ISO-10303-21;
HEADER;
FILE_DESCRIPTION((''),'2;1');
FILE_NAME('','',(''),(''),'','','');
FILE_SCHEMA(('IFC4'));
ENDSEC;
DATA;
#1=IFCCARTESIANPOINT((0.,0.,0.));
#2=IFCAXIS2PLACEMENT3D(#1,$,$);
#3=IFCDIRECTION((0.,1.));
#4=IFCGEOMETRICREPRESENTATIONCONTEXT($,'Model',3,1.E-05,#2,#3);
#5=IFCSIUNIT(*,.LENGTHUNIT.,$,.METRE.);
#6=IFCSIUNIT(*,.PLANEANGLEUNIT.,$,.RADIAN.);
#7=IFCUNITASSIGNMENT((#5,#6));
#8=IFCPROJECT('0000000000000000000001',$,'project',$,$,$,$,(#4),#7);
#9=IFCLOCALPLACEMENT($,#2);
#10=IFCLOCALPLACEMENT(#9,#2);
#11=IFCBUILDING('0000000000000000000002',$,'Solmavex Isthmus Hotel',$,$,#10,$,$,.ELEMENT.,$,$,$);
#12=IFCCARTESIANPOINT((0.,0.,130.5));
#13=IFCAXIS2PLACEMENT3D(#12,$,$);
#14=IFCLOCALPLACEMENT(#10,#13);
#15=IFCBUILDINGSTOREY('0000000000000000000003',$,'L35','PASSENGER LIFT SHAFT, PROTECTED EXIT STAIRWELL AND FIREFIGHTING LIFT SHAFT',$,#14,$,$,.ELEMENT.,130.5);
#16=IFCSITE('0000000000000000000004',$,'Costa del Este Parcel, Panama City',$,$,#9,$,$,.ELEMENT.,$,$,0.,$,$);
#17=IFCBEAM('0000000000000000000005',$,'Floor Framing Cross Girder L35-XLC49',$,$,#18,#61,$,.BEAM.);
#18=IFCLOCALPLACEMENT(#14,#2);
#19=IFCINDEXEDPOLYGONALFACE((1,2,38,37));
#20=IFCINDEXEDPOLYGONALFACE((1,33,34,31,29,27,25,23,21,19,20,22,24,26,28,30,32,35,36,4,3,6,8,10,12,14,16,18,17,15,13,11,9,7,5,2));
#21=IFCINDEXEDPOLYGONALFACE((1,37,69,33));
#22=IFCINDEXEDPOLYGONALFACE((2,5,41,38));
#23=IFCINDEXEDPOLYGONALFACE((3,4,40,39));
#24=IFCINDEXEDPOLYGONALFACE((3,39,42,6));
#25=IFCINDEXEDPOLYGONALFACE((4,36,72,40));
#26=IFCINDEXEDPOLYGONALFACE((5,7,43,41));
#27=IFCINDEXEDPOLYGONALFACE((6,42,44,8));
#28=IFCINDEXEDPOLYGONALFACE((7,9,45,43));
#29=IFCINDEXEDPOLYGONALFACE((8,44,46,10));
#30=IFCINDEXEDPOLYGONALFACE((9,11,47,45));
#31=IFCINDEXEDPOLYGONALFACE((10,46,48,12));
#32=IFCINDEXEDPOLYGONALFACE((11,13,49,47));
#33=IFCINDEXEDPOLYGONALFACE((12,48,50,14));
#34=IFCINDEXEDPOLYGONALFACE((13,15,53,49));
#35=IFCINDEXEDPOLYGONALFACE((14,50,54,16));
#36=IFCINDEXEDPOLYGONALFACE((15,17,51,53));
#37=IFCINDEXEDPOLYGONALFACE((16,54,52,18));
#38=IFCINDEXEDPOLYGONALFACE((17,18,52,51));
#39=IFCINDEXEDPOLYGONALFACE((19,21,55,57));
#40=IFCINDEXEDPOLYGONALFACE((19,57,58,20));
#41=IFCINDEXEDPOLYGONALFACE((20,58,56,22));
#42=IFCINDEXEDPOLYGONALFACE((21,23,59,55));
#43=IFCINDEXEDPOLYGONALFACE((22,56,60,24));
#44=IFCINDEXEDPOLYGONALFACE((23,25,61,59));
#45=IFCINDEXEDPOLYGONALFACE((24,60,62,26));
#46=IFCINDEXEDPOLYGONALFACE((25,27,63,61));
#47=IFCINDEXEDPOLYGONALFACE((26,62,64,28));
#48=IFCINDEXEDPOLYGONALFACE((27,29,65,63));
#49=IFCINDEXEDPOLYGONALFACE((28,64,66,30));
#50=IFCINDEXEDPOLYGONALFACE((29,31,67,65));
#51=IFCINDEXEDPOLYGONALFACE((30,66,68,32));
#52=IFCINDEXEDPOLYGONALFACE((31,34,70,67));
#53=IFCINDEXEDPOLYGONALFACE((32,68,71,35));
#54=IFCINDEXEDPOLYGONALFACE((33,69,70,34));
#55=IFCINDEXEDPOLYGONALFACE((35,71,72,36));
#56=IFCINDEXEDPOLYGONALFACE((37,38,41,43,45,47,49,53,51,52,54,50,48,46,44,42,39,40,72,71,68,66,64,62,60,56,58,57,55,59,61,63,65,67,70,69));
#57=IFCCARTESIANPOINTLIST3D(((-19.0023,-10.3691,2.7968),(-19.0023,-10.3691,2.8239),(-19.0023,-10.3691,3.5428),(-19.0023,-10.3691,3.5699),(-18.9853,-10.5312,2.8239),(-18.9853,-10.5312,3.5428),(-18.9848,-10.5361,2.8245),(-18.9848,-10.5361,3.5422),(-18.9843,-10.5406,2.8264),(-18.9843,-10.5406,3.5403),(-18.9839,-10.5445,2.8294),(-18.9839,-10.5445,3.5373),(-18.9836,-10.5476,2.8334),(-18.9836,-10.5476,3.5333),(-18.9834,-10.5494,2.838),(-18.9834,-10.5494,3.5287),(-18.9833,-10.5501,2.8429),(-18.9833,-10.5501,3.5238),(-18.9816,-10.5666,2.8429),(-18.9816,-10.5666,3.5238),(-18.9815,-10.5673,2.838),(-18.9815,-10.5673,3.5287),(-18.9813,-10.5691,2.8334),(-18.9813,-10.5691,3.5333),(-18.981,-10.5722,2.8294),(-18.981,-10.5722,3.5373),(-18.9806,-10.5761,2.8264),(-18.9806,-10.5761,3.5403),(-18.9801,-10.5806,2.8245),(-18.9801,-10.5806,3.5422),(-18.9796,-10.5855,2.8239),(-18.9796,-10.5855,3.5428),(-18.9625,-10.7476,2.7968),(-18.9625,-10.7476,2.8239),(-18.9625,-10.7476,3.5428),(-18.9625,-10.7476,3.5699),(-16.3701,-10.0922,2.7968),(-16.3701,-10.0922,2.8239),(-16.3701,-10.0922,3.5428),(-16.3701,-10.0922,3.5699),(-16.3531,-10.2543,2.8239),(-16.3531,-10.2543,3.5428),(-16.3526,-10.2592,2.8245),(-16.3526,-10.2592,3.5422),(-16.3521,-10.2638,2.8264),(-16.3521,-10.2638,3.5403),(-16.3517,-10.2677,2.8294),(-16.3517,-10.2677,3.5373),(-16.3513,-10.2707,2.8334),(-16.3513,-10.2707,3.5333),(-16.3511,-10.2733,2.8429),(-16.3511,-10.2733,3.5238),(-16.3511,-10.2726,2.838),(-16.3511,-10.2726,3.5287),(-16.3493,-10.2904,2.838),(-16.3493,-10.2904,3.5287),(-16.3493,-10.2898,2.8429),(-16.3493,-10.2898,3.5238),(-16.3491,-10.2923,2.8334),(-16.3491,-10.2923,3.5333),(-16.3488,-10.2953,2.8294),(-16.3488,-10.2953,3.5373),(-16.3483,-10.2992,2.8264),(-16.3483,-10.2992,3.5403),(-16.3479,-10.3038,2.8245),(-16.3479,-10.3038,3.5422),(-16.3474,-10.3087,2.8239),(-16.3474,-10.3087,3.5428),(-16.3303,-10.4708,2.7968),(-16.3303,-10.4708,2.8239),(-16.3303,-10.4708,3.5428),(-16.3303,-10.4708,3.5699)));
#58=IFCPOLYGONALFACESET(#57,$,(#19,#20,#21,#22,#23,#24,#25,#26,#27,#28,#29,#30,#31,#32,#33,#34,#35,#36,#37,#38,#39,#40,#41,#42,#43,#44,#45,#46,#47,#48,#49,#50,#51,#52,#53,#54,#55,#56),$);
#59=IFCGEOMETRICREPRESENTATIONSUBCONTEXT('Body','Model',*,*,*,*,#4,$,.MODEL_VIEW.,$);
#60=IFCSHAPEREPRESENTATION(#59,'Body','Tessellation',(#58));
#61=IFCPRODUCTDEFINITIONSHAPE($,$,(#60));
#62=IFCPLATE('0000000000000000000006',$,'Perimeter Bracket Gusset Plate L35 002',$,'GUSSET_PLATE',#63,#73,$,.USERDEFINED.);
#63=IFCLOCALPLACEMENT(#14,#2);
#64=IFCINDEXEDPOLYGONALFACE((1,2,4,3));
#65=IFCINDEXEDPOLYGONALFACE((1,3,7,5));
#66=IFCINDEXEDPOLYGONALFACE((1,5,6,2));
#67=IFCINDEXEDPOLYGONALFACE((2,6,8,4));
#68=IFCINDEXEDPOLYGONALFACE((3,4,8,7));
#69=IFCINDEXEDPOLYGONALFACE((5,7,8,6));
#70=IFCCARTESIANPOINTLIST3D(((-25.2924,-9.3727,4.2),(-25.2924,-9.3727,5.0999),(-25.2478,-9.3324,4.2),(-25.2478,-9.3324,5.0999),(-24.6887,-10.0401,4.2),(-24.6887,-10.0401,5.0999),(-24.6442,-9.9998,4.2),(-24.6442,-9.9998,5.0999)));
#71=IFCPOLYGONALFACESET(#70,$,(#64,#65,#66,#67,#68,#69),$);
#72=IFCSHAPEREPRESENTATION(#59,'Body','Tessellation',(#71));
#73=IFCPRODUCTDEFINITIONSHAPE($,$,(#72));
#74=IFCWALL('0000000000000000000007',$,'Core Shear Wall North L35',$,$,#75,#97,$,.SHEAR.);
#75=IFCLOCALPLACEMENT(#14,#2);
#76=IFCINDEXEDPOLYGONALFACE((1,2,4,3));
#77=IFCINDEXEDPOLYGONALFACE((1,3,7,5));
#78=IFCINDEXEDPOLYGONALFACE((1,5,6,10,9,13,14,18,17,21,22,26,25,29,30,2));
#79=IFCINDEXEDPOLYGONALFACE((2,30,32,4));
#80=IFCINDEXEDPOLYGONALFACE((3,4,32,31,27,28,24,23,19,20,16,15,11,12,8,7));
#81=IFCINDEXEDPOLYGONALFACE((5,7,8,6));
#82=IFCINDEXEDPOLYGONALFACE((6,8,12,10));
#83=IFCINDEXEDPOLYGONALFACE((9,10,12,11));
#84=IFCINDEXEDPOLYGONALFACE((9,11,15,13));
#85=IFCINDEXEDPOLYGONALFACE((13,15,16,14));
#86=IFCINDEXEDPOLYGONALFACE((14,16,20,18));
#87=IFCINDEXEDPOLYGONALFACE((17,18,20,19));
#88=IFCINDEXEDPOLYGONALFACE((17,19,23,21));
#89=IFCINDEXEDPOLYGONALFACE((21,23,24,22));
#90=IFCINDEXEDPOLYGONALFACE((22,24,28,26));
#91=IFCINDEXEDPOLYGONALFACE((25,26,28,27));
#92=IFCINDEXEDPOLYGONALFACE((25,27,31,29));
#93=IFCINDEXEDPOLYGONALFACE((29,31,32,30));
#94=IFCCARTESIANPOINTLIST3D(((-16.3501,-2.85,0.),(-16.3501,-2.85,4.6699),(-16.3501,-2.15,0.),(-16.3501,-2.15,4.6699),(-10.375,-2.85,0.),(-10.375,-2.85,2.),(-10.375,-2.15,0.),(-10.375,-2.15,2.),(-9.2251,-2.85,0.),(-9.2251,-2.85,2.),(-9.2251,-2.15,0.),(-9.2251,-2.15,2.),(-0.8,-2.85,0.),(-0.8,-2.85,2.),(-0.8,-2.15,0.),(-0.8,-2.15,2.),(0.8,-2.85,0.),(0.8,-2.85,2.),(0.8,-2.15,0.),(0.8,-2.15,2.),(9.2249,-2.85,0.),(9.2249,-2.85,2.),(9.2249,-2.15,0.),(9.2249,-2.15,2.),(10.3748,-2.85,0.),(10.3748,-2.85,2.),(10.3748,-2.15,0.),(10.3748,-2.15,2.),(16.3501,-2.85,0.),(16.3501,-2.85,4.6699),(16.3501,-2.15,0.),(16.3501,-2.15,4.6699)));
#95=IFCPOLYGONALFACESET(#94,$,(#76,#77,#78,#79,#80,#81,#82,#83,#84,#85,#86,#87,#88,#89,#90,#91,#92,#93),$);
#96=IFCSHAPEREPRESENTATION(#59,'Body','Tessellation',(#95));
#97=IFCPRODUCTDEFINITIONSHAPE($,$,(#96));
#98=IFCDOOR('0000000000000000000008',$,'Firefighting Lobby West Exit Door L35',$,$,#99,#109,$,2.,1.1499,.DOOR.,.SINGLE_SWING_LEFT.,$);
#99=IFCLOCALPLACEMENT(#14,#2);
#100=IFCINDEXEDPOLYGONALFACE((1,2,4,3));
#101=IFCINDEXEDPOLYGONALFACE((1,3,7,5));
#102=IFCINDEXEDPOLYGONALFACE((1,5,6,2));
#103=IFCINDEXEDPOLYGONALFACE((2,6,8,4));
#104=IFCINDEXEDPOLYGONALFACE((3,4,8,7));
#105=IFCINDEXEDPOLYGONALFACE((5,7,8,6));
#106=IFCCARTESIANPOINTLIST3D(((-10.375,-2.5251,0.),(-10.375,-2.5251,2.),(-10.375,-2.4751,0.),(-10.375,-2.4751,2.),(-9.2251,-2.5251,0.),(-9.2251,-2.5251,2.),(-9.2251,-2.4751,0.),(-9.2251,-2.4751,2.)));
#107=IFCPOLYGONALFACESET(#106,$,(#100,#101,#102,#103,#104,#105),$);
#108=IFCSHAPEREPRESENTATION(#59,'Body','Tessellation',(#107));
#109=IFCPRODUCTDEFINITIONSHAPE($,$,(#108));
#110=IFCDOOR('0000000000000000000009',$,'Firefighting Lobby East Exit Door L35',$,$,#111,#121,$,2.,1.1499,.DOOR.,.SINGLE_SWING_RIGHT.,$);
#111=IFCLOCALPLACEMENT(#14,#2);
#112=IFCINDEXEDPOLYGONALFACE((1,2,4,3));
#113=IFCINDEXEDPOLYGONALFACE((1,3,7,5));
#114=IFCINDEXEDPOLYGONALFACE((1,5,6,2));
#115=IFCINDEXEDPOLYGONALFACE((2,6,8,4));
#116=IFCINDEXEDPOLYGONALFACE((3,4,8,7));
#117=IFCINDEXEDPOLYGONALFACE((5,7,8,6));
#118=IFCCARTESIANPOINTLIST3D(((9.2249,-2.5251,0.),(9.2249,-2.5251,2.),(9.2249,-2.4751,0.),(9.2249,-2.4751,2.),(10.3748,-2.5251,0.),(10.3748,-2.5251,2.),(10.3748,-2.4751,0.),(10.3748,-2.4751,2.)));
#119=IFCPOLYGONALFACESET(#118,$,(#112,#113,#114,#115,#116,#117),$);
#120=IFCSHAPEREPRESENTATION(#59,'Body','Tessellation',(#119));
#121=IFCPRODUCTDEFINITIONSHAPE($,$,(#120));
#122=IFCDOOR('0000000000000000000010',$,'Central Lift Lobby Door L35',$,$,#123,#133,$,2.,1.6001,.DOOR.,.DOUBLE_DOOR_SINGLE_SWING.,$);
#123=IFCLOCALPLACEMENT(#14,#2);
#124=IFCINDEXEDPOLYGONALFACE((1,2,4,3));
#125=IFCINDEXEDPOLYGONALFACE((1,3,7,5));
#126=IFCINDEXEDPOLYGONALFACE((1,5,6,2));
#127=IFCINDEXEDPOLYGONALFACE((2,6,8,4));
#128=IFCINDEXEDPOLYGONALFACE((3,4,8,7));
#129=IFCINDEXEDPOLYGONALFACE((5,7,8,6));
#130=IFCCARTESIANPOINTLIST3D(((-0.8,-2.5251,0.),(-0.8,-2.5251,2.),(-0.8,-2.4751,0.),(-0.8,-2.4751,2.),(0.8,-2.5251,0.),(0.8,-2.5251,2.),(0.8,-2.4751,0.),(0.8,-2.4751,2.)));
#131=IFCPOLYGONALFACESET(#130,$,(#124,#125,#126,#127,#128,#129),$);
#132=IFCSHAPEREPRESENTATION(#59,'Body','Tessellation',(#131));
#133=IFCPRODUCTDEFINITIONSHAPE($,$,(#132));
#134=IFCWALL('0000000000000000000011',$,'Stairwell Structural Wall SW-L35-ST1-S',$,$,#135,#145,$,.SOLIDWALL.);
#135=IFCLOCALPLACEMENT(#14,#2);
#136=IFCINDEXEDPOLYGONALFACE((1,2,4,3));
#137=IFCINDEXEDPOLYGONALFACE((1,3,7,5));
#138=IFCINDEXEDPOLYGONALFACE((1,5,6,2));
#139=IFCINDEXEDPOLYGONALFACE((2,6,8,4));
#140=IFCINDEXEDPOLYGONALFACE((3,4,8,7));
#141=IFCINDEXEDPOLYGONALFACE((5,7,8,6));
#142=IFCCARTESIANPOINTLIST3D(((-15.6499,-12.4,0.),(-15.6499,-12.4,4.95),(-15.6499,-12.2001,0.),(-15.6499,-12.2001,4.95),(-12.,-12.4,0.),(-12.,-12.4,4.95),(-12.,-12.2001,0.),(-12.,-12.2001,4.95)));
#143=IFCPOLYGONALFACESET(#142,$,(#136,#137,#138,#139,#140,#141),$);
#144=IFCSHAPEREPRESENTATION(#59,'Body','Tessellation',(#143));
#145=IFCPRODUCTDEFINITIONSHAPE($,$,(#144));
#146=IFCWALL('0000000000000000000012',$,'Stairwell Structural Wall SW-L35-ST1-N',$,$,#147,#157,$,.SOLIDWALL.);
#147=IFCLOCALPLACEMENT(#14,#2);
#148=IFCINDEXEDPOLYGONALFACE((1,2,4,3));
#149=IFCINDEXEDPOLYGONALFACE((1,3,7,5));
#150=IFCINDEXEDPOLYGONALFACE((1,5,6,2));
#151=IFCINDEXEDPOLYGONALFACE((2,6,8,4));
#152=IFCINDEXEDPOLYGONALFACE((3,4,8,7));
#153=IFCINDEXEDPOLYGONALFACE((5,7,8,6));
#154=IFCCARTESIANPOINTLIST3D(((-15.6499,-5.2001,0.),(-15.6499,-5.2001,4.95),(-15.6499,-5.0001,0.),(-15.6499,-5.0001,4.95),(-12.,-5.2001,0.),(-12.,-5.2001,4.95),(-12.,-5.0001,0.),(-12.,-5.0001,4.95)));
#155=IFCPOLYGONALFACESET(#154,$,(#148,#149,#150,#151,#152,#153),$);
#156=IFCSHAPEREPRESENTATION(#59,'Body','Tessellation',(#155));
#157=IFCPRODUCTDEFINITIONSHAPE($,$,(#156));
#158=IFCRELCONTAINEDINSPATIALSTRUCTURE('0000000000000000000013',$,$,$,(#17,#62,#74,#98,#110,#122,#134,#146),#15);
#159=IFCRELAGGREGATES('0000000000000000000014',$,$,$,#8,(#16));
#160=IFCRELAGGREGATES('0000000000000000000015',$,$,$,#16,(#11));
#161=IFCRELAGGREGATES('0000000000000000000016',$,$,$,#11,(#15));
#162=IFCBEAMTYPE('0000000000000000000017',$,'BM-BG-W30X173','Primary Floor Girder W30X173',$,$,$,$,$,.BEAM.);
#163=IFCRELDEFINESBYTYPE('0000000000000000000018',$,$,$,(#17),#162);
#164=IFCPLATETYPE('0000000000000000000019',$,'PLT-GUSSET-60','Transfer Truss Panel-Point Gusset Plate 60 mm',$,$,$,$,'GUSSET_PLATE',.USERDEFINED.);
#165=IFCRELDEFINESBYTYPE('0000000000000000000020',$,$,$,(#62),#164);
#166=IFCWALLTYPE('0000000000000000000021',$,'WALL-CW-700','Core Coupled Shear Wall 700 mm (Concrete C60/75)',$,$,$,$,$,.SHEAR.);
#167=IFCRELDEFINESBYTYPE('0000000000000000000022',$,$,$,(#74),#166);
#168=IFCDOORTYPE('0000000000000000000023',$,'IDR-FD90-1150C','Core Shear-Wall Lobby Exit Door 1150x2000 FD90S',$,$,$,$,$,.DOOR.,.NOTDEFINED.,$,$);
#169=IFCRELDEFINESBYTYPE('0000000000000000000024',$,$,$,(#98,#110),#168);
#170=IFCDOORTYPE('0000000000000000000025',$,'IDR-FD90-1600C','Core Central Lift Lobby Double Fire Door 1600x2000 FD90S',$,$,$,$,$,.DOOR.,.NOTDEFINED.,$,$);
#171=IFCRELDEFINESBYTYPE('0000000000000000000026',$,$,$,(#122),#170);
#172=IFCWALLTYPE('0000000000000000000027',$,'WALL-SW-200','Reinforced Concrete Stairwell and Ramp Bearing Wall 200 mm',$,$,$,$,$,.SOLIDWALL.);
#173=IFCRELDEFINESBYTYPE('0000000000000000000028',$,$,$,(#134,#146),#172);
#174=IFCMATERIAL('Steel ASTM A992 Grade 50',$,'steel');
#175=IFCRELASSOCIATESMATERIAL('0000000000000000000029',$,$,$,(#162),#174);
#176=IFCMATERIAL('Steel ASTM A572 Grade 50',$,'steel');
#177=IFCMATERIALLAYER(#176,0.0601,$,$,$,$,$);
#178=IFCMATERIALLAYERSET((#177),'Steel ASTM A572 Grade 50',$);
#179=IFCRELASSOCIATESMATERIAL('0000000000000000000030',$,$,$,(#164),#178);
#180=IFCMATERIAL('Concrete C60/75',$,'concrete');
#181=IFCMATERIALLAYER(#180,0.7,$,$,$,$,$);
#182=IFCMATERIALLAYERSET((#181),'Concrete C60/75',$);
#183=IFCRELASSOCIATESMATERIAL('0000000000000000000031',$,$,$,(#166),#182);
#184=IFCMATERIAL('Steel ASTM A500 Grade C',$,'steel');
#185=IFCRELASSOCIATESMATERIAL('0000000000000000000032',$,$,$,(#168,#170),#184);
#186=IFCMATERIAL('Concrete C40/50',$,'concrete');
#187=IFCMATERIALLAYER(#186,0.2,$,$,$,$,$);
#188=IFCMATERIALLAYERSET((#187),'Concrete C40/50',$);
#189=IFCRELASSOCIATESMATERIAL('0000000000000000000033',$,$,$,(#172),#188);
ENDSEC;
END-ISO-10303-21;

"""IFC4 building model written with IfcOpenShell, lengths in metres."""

from ifc_helpers import new_model, si_unit, direction, frame, frame_2d, origin, origin_2d, place, context, subcontext, project, spatial, rectangle, i_section, extrude, material, layer, layer_set, material_profile, profile_set, type_object, element, fill, save


model = new_model("IFC4")

# Units and contexts
model_context = context("Model", 3, precision=1e-05, world=origin(), true_north=direction((0.0, 1.0)))
body_context = subcontext(model_context, "Body", "Model", "MODEL_VIEW")
ifc_project = project(units=[si_unit("LENGTHUNIT", "METRE"), si_unit("PLANEANGLEUNIT", "RADIAN")], contexts=[model_context])

# Site, building, storey
site_placement = place(None, origin())
site = spatial("IfcSite", under=ifc_project, at=site_placement, Name="Costa del Este Parcel, Panama City", CompositionType="ELEMENT", RefElevation=0.0)
building_placement = place(site_placement, origin())
building = spatial("IfcBuilding", under=site, at=building_placement, Name="Solmavex Isthmus Hotel", CompositionType="ELEMENT")
storey_placement = place(building_placement, frame((0.0, 0.0, 130.5)))
storey = spatial("IfcBuildingStorey", under=building, at=storey_placement, Name="L35", Description="PASSENGER LIFT SHAFT, PROTECTED EXIT STAIRWELL AND FIREFIGHTING LIFT SHAFT", CompositionType="ELEMENT", Elevation=130.5)

# Beam
ifc_material_1 = material(Name="Steel ASTM A992 Grade 50", Category="steel")
ifc_material_profile = material_profile(ifc_material_1, i_section(OverallWidth=0.3806, OverallDepth=0.7732, WebThickness=0.0166, FlangeThickness=0.0271, FilletRadius=0.019, at=origin_2d()), Name="W30X173")
ifc_profile_set = profile_set([ifc_material_profile], Name="Steel ASTM A992 Grade 50")
beam_type = type_object("IfcBeamType", Name="BM-BG-W30X173", Description="Primary Floor Girder W30X173", PredefinedType="BEAM", material=ifc_profile_set)
beam_placement = place(storey_placement, frame((-18.9824, -10.5583, 3.1833), z_axis=(0.994515, 0.104598, 0.0), x_axis=(-0.104598, 0.994515, 0.0)))
element("IfcBeam", 1, at=beam_placement, inside=storey, type_object=beam_type, Name="Floor Framing Cross Girder L35-XLC49", PredefinedType="BEAM", context=body_context, shape_type="SweptSolid", body=[
    extrude(i_section(OverallWidth=0.3806, OverallDepth=0.7732, WebThickness=0.0166, FlangeThickness=0.0271, FilletRadius=0.019, at=origin_2d()), origin(), (0.0, 0.0, 1.0), 2.6467),
])

# Plate
ifc_material_2 = material(Name="Steel ASTM A572 Grade 50", Category="steel")
ifc_layer_1 = layer(ifc_material_2, 0.0601)
ifc_layer_set_1 = layer_set([ifc_layer_1], Name="Steel ASTM A572 Grade 50")
plate_type = type_object("IfcPlateType", Name="PLT-GUSSET-60", Description="Transfer Truss Panel-Point Gusset Plate 60 mm", ElementType="GUSSET_PLATE", PredefinedType="USERDEFINED", material=ifc_layer_set_1)
plate_placement = place(storey_placement, frame((-24.9683, -9.6863, 4.2), z_axis=(0.0, 0.0, 1.0), x_axis=(-0.670828, 0.741613, 0.0)))
element("IfcPlate", 2, at=plate_placement, inside=storey, type_object=plate_type, Name="Perimeter Bracket Gusset Plate L35 002", ObjectType="GUSSET_PLATE", PredefinedType="USERDEFINED", context=body_context, shape_type="SweptSolid", body=[
    extrude(rectangle(XDim=0.8999, YDim=0.0601, at=origin_2d()), origin(), (0.0, 0.0, 1.0), 0.8999),
])

# Wall, openings, doors
ifc_material_3 = material(Name="Concrete C60/75", Category="concrete")
ifc_layer_2 = layer(ifc_material_3, 0.7)
ifc_layer_set_2 = layer_set([ifc_layer_2], Name="Concrete C60/75")
wall_type_1 = type_object("IfcWallType", Name="WALL-CW-700", Description="Core Coupled Shear Wall 700 mm (Concrete C60/75)", PredefinedType="SHEAR", material=ifc_layer_set_2)
wall_placement = place(storey_placement, frame((-16.3501, -2.5, 0.0), z_axis=(0.0, 0.0, 1.0), x_axis=(1.0, 0.0, 0.0)))
wall = element("IfcWall", 3, at=wall_placement, inside=storey, type_object=wall_type_1, Name="Core Shear Wall North L35", PredefinedType="SHEAR", context=body_context, shape_type="SweptSolid", body=[
    extrude(rectangle(XDim=32.7002, YDim=0.7, at=frame_2d((16.3501, 0.0))), origin(), (0.0, 0.0, 1.0), 4.6699),
])
opening_1_placement = place(wall_placement, frame((5.9751, 0.0, 0.0)))
opening_1 = element("IfcOpeningElement", 4, at=opening_1_placement, cuts=wall, PredefinedType="OPENING", context=body_context, shape_type="SweptSolid", body=[
    extrude(rectangle(XDim=1.1499, YDim=2.0, at=frame_2d((0.575, 1.0))), frame((0.0, 0.3599, 0.0), z_axis=(0.0, -1.0, 0.0), x_axis=(1.0, 0.0, 0.0)), (0.0, 0.0, 1.0), 0.72),
])
opening_2_placement = place(wall_placement, frame((15.55, 0.0, 0.0)))
opening_2 = element("IfcOpeningElement", 5, at=opening_2_placement, cuts=wall, PredefinedType="OPENING", context=body_context, shape_type="SweptSolid", body=[
    extrude(rectangle(XDim=1.6001, YDim=2.0, at=frame_2d((0.8, 1.0))), frame((0.0, 0.3599, 0.0), z_axis=(0.0, -1.0, 0.0), x_axis=(1.0, 0.0, 0.0)), (0.0, 0.0, 1.0), 0.72),
])
opening_3_placement = place(wall_placement, frame((25.575, 0.0, 0.0)))
opening_3 = element("IfcOpeningElement", 6, at=opening_3_placement, cuts=wall, PredefinedType="OPENING", context=body_context, shape_type="SweptSolid", body=[
    extrude(rectangle(XDim=1.1499, YDim=2.0, at=frame_2d((0.575, 1.0))), frame((0.0, 0.3599, 0.0), z_axis=(0.0, -1.0, 0.0), x_axis=(1.0, 0.0, 0.0)), (0.0, 0.0, 1.0), 0.72),
])
ifc_material_4 = material(Name="Steel ASTM A500 Grade C", Category="steel")
door_type_1 = type_object("IfcDoorType", Name="IDR-FD90-1150C", Description="Core Shear-Wall Lobby Exit Door 1150x2000 FD90S", OperationType="NOTDEFINED", PredefinedType="DOOR", material=ifc_material_4)
door_1_placement = place(opening_1_placement, origin())
door_1 = element("IfcDoor", 7, at=door_1_placement, inside=storey, type_object=door_type_1, Name="Firefighting Lobby West Exit Door L35", OperationType="SINGLE_SWING_LEFT", OverallHeight=2.0, OverallWidth=1.1499, PredefinedType="DOOR", context=body_context, shape_type="SweptSolid", body=[
    extrude(rectangle(XDim=1.1499, YDim=2.0, at=frame_2d((0.575, 1.0))), frame((0.0, 0.0249, 0.0), z_axis=(0.0, -1.0, 0.0), x_axis=(1.0, 0.0, 0.0)), (0.0, 0.0, 1.0), 0.05),
])
fill(opening_1, door_1)
door_2_placement = place(opening_3_placement, origin())
door_2 = element("IfcDoor", 8, at=door_2_placement, inside=storey, type_object=door_type_1, Name="Firefighting Lobby East Exit Door L35", OperationType="SINGLE_SWING_RIGHT", OverallHeight=2.0, OverallWidth=1.1499, PredefinedType="DOOR", context=body_context, shape_type="SweptSolid", body=[
    extrude(rectangle(XDim=1.1499, YDim=2.0, at=frame_2d((0.575, 1.0))), frame((0.0, 0.0249, 0.0), z_axis=(0.0, -1.0, 0.0), x_axis=(1.0, 0.0, 0.0)), (0.0, 0.0, 1.0), 0.05),
])
fill(opening_3, door_2)
door_type_2 = type_object("IfcDoorType", Name="IDR-FD90-1600C", Description="Core Central Lift Lobby Double Fire Door 1600x2000 FD90S", OperationType="NOTDEFINED", PredefinedType="DOOR", material=ifc_material_4)
door_3_placement = place(opening_2_placement, origin())
door_3 = element("IfcDoor", 9, at=door_3_placement, inside=storey, type_object=door_type_2, Name="Central Lift Lobby Door L35", OperationType="DOUBLE_DOOR_SINGLE_SWING", OverallHeight=2.0, OverallWidth=1.6001, PredefinedType="DOOR", context=body_context, shape_type="SweptSolid", body=[
    extrude(rectangle(XDim=1.6001, YDim=2.0, at=frame_2d((0.8, 1.0))), frame((0.0, 0.0249, 0.0), z_axis=(0.0, -1.0, 0.0), x_axis=(1.0, 0.0, 0.0)), (0.0, 0.0, 1.0), 0.05),
])
fill(opening_2, door_3)

# Walls
ifc_material_5 = material(Name="Concrete C40/50", Category="concrete")
ifc_layer_3 = layer(ifc_material_5, 0.2)
ifc_layer_set_3 = layer_set([ifc_layer_3], Name="Concrete C40/50")
wall_type_2 = type_object("IfcWallType", Name="WALL-SW-200", Description="Reinforced Concrete Stairwell and Ramp Bearing Wall 200 mm", PredefinedType="SOLIDWALL", material=ifc_layer_set_3)
for number, where, z_axis, x_axis, name in (
    (10, (-15.6499, -12.3, 0.0), (0.0, 0.0, 1.0), (1.0, 0.0, 0.0), "Stairwell Structural Wall SW-L35-ST1-S"),
    (11, (-15.6499, -5.1001, 0.0), (0.0, 0.0, 1.0), (1.0, 0.0, 0.0), "Stairwell Structural Wall SW-L35-ST1-N"),
):
    element("IfcWall", number, at=place(storey_placement, frame(where, z_axis=z_axis, x_axis=x_axis)), inside=storey, type_object=wall_type_2, Name=name, PredefinedType="SOLIDWALL", context=body_context, shape_type="SweptSolid", body=[
        extrude(rectangle(XDim=3.6499, YDim=0.2, at=frame_2d((1.825, 0.0))), origin(), (0.0, 0.0, 1.0), 4.95),
    ])

save(model, "model.ifc")
